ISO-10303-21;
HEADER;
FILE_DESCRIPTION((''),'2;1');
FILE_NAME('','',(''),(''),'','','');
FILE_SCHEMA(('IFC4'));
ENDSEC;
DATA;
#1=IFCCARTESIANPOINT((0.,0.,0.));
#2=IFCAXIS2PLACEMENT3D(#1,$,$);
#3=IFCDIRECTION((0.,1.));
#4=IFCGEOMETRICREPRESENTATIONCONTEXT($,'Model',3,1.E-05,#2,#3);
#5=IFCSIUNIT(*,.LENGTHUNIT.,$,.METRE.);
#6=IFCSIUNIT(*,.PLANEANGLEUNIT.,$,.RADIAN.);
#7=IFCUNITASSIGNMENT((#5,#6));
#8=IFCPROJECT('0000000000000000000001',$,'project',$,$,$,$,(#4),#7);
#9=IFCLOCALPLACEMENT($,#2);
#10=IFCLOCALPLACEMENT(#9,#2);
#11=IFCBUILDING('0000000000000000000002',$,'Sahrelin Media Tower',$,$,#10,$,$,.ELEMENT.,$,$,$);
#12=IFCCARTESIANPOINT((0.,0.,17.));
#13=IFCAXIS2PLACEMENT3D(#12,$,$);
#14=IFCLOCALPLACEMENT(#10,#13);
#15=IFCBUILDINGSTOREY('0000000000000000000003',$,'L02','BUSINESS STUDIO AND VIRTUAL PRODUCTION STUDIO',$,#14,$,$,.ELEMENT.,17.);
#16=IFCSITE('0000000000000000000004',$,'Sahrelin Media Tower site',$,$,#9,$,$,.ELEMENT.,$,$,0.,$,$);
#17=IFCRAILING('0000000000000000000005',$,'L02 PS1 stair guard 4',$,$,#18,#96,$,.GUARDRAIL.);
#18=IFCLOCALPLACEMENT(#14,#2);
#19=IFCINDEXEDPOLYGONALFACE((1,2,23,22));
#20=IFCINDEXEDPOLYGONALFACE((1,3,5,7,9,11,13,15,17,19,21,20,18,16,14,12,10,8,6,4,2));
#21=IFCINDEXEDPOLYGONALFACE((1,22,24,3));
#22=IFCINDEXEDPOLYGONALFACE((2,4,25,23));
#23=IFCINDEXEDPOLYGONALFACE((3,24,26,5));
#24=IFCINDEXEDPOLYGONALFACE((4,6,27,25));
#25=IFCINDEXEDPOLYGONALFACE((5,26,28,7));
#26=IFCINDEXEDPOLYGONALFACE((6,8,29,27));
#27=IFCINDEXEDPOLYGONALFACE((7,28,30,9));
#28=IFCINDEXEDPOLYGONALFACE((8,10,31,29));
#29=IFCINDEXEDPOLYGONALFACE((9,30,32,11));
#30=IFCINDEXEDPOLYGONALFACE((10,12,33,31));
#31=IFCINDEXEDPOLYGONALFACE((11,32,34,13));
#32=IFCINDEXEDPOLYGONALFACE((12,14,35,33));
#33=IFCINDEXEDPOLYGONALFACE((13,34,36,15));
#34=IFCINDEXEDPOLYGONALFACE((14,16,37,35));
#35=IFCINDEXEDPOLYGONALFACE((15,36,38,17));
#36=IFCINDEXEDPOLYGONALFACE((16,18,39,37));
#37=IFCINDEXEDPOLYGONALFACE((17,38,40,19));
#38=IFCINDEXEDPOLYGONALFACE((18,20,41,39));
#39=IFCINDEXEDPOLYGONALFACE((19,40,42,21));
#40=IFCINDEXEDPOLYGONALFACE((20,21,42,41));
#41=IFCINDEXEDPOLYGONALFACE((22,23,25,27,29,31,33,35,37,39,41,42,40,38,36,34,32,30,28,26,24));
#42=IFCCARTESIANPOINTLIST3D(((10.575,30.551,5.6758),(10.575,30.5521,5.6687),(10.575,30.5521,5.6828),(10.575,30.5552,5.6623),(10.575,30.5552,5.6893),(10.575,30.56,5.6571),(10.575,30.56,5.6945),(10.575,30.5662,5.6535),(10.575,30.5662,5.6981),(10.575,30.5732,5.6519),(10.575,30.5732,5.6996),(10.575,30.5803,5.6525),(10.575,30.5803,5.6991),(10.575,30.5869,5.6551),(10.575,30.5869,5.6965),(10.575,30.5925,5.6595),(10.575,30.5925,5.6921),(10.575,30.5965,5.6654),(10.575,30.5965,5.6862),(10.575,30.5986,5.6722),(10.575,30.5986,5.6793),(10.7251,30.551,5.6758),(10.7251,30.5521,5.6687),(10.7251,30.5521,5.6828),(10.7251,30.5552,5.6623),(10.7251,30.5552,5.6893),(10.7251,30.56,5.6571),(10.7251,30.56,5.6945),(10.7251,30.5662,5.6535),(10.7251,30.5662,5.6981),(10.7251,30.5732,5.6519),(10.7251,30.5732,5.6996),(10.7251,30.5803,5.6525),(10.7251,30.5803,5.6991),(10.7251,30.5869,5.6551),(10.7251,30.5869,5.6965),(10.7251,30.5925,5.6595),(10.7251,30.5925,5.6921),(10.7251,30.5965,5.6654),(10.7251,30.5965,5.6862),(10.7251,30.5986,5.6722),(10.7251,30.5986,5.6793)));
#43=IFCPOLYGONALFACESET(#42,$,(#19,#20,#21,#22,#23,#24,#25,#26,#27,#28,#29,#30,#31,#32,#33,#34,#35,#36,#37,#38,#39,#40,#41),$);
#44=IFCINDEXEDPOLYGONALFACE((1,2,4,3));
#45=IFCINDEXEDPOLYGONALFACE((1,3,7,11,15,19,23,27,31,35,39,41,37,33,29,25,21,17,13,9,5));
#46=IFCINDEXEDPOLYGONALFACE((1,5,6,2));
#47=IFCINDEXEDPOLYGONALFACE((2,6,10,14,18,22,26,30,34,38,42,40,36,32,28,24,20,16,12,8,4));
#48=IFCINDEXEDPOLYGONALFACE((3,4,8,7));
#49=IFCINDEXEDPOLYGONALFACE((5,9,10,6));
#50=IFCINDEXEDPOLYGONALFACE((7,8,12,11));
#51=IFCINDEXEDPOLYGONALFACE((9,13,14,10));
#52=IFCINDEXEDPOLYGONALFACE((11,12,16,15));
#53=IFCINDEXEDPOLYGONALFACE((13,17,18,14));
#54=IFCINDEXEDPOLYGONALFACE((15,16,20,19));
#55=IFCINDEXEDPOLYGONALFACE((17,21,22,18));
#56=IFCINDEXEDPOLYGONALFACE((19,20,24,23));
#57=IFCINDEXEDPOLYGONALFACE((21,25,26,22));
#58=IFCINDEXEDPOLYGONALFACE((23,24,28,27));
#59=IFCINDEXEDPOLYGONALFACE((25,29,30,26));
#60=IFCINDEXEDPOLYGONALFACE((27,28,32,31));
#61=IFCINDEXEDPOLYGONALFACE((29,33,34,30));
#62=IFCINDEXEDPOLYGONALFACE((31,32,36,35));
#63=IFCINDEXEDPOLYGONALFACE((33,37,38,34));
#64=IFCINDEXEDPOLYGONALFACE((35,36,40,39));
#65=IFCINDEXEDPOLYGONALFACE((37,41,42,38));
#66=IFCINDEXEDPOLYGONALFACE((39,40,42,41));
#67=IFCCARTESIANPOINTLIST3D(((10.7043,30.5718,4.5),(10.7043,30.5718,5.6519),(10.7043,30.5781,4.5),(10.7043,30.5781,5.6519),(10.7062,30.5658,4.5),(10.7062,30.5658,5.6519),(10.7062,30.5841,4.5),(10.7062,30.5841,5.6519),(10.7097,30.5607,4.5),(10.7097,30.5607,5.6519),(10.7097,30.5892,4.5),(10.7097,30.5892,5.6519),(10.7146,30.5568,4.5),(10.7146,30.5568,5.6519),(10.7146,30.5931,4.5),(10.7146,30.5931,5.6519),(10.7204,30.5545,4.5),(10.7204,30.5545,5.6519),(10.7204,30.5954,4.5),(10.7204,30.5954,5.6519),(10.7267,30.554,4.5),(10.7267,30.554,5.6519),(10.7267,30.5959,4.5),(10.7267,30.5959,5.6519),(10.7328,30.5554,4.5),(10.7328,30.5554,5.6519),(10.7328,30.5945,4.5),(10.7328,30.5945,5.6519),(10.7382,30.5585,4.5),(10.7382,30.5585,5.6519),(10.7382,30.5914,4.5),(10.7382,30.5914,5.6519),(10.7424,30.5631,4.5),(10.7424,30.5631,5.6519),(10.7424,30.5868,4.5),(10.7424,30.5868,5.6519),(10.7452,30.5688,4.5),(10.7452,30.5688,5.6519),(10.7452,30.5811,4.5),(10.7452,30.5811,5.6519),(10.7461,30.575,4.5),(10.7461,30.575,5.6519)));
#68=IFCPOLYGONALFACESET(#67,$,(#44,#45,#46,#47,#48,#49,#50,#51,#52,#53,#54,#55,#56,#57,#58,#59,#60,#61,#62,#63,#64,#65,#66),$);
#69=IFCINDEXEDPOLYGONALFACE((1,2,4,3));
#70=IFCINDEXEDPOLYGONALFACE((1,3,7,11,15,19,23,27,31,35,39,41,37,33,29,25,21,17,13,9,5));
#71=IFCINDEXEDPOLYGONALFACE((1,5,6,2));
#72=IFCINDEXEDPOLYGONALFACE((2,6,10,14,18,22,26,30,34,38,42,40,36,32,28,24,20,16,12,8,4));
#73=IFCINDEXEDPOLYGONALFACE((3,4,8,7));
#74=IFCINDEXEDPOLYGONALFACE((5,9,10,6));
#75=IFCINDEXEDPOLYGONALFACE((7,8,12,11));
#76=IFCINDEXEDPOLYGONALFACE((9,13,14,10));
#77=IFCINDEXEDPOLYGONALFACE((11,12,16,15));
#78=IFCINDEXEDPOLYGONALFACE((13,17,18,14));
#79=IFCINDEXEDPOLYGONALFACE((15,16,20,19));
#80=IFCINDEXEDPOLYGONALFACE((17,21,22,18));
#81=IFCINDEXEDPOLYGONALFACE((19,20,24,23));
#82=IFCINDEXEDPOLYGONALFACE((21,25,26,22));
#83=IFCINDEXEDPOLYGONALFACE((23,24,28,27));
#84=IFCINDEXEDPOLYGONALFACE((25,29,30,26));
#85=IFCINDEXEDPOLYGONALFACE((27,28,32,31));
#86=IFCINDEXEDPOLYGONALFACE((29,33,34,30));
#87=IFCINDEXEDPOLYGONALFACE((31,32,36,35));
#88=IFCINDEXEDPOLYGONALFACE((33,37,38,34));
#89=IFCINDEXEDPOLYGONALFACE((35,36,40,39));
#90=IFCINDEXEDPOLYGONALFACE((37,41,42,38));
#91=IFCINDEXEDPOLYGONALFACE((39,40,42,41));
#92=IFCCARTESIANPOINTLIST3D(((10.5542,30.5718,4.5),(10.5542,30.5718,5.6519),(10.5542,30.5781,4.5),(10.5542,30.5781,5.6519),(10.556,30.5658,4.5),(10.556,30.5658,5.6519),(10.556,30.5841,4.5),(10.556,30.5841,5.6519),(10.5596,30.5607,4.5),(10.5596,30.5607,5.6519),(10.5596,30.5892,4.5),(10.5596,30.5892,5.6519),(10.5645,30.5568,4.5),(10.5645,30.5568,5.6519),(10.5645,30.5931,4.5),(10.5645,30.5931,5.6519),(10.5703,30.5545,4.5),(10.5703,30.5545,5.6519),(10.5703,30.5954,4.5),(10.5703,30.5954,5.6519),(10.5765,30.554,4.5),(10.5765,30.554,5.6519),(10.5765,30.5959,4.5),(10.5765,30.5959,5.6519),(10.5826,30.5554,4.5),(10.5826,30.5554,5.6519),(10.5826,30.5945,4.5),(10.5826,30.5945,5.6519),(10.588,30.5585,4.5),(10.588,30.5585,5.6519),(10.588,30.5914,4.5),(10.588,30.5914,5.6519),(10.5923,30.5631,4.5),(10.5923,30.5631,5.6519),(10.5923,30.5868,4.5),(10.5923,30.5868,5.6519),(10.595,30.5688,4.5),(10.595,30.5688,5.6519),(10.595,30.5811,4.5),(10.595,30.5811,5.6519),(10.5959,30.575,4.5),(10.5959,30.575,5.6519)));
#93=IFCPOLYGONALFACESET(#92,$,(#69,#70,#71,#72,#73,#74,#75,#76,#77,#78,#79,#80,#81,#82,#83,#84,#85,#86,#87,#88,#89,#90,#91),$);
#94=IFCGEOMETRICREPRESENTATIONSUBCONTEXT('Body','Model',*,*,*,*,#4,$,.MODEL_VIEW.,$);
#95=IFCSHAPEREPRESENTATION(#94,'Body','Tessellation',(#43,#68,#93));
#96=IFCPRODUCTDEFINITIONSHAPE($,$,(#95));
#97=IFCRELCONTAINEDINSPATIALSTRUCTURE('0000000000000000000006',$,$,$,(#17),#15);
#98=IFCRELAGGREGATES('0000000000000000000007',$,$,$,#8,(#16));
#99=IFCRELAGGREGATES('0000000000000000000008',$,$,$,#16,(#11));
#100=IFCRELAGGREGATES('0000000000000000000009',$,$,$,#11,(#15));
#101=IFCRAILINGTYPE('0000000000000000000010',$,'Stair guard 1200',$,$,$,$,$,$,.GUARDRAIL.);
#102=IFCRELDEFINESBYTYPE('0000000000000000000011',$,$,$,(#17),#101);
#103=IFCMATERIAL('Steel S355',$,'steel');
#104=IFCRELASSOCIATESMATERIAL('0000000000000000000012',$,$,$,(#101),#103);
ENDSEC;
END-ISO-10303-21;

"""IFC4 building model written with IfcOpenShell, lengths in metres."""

from ifc_helpers import new_model, si_unit, direction, frame, origin, origin_2d, place, context, subcontext, project, spatial, circle, extrude, material, type_object, element, save


model = new_model("IFC4")

# Units and contexts
model_context = context("Model", 3, precision=1e-05, world=origin(), true_north=direction((0.0, 1.0)))
body_context = subcontext(model_context, "Body", "Model", "MODEL_VIEW")
ifc_project = project(units=[si_unit("LENGTHUNIT", "METRE"), si_unit("PLANEANGLEUNIT", "RADIAN")], contexts=[model_context])

# Site, building, storey
site_placement = place(None, origin())
site = spatial("IfcSite", under=ifc_project, at=site_placement, Name="Sahrelin Media Tower site", CompositionType="ELEMENT", RefElevation=0.0)
building_placement = place(site_placement, origin())
building = spatial("IfcBuilding", under=site, at=building_placement, Name="Sahrelin Media Tower", CompositionType="ELEMENT")
storey_placement = place(building_placement, frame((0.0, 0.0, 17.0)))
storey = spatial("IfcBuildingStorey", under=building, at=storey_placement, Name="L02", Description="BUSINESS STUDIO AND VIRTUAL PRODUCTION STUDIO", CompositionType="ELEMENT", Elevation=17.0)

# Shared definitions
ifc_material_1 = material(Name="Steel S355", Category="steel")

# Railing
railing_type_1 = type_object("IfcRailingType", Name="Stair guard 1200", PredefinedType="GUARDRAIL", material=ifc_material_1)
railing_1_placement = place(storey_placement, frame((10.7251, 30.575, 4.5)))
element("IfcRailing", 1, at=railing_1_placement, inside=storey, type_object=railing_type_1, Name="L02 PS1 stair guard 4", PredefinedType="GUARDRAIL", context=body_context, shape_type="SweptSolid", body=[
    extrude(circle(Radius=0.0239, at=origin_2d()), frame((0.0, 0.0, 1.1758), z_axis=(-1.0, 0.0, 0.0), x_axis=(0.0, -1.0, 0.0)), (0.0, 0.0, 1.0), 0.1501),
    extrude(circle(Radius=0.021, at=origin_2d()), origin(), (0.0, 0.0, 1.0), 1.1519),
    extrude(circle(Radius=0.021, at=origin_2d()), frame((-0.1501, 0.0, 0.0)), (0.0, 0.0, 1.0), 1.1519),
])

save(model, "model.ifc")
